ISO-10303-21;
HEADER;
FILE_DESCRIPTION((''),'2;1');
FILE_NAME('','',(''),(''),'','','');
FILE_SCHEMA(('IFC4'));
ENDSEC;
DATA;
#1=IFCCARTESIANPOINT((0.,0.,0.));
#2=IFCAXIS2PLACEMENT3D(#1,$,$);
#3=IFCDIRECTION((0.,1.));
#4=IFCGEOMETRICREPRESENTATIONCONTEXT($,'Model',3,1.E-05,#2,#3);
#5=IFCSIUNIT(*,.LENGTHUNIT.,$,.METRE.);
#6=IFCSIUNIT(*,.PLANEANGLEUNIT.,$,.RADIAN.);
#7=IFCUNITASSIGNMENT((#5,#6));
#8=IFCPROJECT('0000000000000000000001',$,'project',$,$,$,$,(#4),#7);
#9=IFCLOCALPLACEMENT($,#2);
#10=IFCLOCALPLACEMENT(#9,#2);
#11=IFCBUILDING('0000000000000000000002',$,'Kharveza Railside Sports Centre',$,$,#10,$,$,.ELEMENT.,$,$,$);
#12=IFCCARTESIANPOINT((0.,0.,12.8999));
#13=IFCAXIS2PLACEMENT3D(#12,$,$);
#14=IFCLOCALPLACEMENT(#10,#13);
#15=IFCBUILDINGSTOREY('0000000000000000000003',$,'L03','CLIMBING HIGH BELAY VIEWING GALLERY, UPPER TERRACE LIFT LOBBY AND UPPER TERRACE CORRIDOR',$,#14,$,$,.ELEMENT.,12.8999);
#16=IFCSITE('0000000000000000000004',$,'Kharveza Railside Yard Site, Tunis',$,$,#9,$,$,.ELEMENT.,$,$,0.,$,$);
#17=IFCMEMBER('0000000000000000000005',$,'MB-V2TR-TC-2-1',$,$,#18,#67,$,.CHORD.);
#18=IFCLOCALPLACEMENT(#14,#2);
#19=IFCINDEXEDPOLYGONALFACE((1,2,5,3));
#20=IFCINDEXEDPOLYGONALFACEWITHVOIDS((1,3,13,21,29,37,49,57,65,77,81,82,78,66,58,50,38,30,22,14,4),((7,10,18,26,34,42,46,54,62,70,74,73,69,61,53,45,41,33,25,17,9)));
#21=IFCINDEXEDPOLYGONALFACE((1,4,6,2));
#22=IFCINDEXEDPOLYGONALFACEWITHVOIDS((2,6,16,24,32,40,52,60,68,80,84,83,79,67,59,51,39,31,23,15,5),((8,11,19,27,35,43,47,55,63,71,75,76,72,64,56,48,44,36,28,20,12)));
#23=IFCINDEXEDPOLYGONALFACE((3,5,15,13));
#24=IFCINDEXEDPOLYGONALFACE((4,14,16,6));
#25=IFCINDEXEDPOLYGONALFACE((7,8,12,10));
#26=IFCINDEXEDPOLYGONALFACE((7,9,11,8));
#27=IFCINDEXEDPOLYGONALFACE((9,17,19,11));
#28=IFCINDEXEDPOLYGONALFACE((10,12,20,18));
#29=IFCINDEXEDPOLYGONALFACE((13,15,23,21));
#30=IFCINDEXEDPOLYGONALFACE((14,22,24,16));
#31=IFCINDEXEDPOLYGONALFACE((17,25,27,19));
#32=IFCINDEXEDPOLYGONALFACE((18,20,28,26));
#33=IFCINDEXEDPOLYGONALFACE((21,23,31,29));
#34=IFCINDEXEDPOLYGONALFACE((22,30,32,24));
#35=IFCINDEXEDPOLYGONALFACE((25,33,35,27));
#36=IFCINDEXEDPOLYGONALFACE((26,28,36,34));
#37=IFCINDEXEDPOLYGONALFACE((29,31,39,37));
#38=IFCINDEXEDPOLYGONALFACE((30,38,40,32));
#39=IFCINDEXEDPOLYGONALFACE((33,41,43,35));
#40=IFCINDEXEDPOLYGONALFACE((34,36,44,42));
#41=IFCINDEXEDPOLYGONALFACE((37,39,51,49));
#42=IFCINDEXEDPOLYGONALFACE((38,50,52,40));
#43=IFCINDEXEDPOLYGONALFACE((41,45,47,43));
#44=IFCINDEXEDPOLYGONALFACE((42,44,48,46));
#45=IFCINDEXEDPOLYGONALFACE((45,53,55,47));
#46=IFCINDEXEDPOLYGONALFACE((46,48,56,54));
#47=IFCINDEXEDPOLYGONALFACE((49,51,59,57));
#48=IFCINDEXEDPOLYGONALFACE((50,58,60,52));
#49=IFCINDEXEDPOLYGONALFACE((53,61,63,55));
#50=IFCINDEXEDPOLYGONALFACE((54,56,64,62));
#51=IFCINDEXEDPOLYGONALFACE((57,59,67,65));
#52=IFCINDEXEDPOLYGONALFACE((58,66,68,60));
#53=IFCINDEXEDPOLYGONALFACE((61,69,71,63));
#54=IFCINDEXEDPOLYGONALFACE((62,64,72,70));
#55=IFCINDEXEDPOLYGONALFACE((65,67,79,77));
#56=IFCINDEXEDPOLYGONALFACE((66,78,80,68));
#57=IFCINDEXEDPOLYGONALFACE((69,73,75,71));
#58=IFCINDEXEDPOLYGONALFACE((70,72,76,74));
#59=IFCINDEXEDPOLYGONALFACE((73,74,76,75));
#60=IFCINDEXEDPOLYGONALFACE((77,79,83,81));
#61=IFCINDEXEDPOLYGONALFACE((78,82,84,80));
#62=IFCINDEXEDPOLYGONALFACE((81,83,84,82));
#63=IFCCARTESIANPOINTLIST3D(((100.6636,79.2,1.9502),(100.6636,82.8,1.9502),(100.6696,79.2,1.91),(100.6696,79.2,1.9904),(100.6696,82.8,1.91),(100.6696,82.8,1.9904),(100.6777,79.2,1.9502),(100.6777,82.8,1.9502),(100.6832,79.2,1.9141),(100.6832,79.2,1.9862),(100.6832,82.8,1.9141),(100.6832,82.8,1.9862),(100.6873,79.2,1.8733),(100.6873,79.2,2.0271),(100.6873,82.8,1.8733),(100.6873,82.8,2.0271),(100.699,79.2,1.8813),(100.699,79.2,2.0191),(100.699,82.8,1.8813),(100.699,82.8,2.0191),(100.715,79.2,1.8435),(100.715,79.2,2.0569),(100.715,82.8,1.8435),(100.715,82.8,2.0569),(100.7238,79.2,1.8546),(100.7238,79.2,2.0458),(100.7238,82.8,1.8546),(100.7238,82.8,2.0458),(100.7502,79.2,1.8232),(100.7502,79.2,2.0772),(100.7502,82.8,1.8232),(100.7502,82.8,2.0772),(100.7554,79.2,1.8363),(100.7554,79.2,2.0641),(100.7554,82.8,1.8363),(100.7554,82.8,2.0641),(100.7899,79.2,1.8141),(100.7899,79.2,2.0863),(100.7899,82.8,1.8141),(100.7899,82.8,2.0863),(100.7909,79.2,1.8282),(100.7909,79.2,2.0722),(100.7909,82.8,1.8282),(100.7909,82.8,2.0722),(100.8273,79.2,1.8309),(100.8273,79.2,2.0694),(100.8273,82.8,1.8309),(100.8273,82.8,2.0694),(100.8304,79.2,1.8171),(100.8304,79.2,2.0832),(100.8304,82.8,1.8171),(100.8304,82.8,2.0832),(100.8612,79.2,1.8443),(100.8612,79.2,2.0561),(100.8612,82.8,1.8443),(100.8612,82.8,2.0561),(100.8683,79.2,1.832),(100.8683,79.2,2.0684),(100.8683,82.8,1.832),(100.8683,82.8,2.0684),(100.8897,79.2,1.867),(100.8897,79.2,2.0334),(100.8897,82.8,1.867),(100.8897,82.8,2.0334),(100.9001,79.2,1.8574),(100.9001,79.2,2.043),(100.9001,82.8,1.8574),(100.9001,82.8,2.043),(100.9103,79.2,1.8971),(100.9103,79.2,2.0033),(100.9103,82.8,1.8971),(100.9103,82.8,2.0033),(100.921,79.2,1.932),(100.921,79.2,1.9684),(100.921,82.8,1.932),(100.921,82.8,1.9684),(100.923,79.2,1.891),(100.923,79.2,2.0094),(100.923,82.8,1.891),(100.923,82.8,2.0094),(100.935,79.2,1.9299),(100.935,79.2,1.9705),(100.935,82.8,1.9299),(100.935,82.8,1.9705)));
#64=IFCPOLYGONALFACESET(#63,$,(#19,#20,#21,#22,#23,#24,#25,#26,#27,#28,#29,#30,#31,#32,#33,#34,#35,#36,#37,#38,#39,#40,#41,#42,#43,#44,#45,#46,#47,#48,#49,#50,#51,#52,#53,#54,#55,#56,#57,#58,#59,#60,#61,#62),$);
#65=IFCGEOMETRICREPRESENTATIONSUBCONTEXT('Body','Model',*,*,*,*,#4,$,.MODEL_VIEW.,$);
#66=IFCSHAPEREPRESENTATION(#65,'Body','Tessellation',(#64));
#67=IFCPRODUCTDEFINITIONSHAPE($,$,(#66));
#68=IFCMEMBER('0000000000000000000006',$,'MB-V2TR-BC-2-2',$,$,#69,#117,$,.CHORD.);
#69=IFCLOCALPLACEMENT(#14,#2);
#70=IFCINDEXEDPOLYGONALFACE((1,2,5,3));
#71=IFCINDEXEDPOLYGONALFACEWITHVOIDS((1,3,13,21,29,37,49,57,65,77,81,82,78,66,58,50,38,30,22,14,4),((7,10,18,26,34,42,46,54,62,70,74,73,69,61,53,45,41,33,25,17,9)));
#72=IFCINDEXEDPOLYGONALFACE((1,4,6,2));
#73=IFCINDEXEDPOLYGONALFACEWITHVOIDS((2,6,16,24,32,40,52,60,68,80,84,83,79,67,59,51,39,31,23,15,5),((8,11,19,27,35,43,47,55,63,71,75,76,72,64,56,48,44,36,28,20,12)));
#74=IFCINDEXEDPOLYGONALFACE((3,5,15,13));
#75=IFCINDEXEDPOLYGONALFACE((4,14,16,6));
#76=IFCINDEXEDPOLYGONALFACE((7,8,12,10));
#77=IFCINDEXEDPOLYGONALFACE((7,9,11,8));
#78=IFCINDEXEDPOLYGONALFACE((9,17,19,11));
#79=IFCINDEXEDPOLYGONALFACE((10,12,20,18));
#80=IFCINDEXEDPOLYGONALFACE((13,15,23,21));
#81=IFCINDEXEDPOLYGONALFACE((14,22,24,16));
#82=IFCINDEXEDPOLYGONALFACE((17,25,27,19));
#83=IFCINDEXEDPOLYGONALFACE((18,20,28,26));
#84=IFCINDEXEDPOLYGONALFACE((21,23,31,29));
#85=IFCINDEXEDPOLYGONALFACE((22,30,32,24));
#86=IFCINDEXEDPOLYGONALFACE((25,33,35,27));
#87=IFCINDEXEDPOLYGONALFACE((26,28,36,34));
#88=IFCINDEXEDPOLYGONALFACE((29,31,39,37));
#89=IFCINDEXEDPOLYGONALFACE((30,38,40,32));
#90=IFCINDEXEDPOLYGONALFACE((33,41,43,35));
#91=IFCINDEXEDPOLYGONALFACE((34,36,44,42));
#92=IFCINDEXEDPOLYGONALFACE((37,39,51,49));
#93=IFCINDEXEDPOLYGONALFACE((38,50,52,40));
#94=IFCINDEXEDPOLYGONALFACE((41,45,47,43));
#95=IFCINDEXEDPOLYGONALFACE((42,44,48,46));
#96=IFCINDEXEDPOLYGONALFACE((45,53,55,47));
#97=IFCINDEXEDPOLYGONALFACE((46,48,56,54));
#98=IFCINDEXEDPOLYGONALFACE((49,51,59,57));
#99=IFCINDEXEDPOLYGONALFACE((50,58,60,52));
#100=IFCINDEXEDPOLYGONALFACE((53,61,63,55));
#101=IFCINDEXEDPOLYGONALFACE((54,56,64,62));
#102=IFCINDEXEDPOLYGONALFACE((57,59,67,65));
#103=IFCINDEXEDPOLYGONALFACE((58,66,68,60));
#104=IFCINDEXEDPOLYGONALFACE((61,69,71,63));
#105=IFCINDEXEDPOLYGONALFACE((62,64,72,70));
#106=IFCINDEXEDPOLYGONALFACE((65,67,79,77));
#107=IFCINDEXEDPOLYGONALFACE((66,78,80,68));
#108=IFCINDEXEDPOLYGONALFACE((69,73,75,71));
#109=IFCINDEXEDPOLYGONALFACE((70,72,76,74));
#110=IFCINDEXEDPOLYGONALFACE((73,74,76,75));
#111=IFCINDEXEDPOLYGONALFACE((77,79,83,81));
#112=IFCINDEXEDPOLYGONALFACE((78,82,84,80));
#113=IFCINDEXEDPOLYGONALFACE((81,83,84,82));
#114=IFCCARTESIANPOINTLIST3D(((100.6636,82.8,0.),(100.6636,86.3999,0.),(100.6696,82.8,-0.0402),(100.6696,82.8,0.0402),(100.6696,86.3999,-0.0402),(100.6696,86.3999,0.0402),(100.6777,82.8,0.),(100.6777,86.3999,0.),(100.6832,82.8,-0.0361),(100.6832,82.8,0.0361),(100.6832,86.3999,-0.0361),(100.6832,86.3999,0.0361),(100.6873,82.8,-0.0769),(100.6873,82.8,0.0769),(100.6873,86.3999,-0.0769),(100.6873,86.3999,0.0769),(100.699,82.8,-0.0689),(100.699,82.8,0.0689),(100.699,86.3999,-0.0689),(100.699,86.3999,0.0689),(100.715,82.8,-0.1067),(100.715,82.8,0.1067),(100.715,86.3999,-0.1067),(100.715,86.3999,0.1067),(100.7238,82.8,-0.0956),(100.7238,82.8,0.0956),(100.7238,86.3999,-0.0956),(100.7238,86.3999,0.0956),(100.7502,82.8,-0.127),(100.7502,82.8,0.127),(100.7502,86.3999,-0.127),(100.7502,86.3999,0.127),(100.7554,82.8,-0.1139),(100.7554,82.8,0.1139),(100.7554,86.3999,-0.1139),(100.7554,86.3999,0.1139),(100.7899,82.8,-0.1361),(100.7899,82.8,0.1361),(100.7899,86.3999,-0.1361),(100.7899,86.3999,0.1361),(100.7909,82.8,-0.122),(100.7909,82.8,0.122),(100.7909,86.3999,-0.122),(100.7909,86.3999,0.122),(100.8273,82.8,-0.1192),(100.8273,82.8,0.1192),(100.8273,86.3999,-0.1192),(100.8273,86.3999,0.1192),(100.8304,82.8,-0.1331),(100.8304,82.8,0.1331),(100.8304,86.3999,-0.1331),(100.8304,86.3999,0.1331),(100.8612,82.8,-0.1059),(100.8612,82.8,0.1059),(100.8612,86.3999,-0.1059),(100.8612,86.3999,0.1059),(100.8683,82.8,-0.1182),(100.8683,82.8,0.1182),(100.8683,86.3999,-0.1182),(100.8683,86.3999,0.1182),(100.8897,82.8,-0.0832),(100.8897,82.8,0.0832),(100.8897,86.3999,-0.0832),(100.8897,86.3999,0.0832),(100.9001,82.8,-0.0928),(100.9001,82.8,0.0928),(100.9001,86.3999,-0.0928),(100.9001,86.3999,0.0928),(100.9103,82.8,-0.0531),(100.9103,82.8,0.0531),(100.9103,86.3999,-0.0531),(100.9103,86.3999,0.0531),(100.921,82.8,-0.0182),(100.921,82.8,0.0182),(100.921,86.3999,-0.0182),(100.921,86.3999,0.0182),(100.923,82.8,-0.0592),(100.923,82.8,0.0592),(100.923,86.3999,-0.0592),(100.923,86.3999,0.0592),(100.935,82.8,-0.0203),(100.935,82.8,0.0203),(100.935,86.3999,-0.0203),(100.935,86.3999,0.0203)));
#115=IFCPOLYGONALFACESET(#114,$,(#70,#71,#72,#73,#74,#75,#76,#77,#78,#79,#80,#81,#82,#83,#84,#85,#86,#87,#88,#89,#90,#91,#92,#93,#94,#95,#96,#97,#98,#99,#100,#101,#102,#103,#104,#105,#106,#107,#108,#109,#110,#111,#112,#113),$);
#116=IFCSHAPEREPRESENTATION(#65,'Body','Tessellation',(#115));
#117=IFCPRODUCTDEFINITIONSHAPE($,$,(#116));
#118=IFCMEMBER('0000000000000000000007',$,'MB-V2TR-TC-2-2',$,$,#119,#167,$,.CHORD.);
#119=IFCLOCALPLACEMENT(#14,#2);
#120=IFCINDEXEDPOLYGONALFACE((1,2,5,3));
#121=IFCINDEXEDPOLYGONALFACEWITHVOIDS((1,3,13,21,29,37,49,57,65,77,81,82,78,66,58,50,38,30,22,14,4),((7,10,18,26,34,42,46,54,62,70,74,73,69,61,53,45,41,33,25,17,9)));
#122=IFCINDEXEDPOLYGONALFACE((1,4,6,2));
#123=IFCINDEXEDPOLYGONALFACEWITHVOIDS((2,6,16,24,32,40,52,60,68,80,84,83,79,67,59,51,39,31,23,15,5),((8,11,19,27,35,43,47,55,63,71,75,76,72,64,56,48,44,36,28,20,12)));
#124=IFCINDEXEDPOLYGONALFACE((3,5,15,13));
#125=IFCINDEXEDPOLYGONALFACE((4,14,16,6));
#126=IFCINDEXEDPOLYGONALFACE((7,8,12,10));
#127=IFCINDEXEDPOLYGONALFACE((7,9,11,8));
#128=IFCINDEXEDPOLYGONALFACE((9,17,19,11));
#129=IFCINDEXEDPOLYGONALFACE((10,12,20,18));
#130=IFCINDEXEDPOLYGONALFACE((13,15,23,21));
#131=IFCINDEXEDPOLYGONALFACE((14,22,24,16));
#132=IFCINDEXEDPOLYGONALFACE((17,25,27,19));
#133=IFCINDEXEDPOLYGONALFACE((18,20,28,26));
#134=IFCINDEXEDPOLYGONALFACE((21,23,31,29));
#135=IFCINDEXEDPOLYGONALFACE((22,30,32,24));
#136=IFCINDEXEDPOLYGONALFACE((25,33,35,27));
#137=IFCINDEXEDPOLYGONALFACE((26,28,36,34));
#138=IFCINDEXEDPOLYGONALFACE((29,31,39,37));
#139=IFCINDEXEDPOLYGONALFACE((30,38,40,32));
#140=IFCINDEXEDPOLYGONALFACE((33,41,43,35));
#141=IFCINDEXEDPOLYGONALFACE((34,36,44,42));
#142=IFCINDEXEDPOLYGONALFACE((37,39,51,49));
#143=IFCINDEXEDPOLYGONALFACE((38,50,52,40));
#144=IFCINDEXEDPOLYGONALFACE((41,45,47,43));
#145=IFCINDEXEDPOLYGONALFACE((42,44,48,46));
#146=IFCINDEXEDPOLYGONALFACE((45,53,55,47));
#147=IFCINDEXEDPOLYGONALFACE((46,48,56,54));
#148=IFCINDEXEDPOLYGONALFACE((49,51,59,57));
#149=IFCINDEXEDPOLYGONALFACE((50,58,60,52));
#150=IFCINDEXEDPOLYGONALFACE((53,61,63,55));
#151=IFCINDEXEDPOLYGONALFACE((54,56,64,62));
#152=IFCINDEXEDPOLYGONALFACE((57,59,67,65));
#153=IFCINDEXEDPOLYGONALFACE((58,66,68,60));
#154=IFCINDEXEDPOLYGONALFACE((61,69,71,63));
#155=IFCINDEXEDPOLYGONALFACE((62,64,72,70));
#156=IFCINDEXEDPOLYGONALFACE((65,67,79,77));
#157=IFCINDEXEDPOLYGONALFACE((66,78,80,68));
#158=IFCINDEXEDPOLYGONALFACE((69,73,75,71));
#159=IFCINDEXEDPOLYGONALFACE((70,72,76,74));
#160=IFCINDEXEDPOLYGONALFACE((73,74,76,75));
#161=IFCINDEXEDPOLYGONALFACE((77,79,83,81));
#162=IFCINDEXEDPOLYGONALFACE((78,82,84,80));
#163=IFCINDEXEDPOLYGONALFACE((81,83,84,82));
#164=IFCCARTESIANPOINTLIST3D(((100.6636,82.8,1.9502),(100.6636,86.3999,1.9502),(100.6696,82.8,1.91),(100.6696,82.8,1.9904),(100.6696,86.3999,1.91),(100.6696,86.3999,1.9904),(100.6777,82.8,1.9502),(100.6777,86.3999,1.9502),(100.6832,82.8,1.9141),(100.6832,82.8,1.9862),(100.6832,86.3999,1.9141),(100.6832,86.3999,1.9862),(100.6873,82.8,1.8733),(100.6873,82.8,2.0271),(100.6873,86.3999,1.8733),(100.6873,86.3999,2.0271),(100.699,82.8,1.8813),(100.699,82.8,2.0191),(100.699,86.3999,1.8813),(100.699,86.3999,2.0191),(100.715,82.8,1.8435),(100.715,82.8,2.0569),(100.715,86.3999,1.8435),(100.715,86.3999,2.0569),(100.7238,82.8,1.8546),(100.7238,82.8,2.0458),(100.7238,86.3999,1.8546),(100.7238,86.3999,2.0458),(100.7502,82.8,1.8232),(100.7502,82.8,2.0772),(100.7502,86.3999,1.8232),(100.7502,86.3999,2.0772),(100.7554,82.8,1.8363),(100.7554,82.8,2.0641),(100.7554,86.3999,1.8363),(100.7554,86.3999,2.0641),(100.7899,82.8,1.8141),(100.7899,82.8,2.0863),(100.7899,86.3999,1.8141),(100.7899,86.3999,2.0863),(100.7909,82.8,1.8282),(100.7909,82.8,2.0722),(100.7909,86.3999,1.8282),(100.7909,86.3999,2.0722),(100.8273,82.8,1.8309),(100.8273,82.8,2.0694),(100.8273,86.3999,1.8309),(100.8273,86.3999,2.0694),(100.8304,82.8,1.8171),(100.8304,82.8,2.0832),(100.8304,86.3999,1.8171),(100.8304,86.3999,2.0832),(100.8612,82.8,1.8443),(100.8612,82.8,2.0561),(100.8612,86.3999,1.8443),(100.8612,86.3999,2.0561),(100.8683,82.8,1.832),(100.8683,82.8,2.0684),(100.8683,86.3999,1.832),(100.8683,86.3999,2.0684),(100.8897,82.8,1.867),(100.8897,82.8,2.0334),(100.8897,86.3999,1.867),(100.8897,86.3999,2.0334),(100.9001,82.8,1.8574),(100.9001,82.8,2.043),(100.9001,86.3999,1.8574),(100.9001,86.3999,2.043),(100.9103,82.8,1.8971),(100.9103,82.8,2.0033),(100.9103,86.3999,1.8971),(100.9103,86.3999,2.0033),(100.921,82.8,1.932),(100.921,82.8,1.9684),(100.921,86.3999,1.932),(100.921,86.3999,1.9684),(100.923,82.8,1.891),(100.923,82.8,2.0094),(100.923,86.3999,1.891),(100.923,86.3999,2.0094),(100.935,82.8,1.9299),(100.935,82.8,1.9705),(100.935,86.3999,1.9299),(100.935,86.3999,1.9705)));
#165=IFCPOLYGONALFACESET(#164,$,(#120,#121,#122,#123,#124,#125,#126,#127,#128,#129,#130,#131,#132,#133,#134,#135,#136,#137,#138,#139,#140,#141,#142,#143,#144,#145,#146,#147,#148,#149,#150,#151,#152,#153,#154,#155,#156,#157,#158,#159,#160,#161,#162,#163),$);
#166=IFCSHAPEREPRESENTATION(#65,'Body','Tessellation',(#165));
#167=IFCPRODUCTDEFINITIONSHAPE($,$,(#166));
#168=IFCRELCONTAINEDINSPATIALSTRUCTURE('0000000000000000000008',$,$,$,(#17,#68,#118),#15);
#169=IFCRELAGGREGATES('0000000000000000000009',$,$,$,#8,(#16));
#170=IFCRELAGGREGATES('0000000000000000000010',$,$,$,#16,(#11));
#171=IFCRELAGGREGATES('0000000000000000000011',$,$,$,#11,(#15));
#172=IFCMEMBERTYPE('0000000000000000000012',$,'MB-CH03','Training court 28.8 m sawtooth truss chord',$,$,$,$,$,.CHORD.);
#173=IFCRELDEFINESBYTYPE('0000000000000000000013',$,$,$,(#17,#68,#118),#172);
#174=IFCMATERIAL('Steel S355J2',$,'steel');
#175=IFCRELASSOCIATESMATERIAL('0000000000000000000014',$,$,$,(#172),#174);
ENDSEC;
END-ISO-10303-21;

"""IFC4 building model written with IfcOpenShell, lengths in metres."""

from ifc_helpers import new_model, si_unit, direction, frame, origin, origin_2d, place, context, subcontext, project, spatial, hollow_circle, extrude, material, material_profile, profile_set, type_object, element, save


model = new_model("IFC4")

# Units and contexts
model_context = context("Model", 3, precision=1e-05, world=origin(), true_north=direction((0.0, 1.0)))
body_context = subcontext(model_context, "Body", "Model", "MODEL_VIEW")
ifc_project = project(units=[si_unit("LENGTHUNIT", "METRE"), si_unit("PLANEANGLEUNIT", "RADIAN")], contexts=[model_context])

# Site, building, storey
site_placement = place(None, origin())
site = spatial("IfcSite", under=ifc_project, at=site_placement, Name="Kharveza Railside Yard Site, Tunis", CompositionType="ELEMENT", RefElevation=0.0)
building_placement = place(site_placement, origin())
building = spatial("IfcBuilding", under=site, at=building_placement, Name="Kharveza Railside Sports Centre", CompositionType="ELEMENT")
storey_placement = place(building_placement, frame((0.0, 0.0, 12.8999)))
storey = spatial("IfcBuildingStorey", under=building, at=storey_placement, Name="L03", Description="CLIMBING HIGH BELAY VIEWING GALLERY, UPPER TERRACE LIFT LOBBY AND UPPER TERRACE CORRIDOR", CompositionType="ELEMENT", Elevation=12.8999)

# Shared definitions
ifc_material_1 = material(Name="Steel S355J2", Category="steel")

# Members
ifc_material_profile_1 = material_profile(ifc_material_1, hollow_circle(Radius=0.1365, WallThickness=0.0142, at=origin_2d()), Name="CHS 273.0x14.2")
ifc_profile_set_1 = profile_set([ifc_material_profile_1], Name="Steel S355J2")
member_type_1 = type_object("IfcMemberType", Name="MB-CH03", Description="Training court 28.8 m sawtooth truss chord", PredefinedType="CHORD", material=ifc_profile_set_1)
for number, where, z_axis, x_axis, name in (
    (1, (100.8, 79.2, 1.9502), (0.0, 1.0, 0.0), (-1.0, 0.0, 0.0), "MB-V2TR-TC-2-1"),
):
    element("IfcMember", number, at=place(storey_placement, frame(where, z_axis=z_axis, x_axis=x_axis)), inside=storey, type_object=member_type_1, Name=name, PredefinedType="CHORD", context=body_context, shape_type="SweptSolid", body=[
        extrude(hollow_circle(Radius=0.1365, WallThickness=0.0142, at=origin_2d()), origin(), (0.0, 0.0, 1.0), 3.6001),
    ])
for number, where, z_axis, x_axis, name in (
    (2, (100.8, 82.8, 0.0), (0.0, 1.0, 0.0), (-1.0, 0.0, 0.0), "MB-V2TR-BC-2-2"),
    (3, (100.8, 82.8, 1.9502), (0.0, 1.0, 0.0), (-1.0, 0.0, 0.0), "MB-V2TR-TC-2-2"),
):
    element("IfcMember", number, at=place(storey_placement, frame(where, z_axis=z_axis, x_axis=x_axis)), inside=storey, type_object=member_type_1, Name=name, PredefinedType="CHORD", context=body_context, shape_type="SweptSolid", body=[
        extrude(hollow_circle(Radius=0.1365, WallThickness=0.0142, at=origin_2d()), origin(), (0.0, 0.0, 1.0), 3.5999),
    ])

save(model, "model.ifc")
